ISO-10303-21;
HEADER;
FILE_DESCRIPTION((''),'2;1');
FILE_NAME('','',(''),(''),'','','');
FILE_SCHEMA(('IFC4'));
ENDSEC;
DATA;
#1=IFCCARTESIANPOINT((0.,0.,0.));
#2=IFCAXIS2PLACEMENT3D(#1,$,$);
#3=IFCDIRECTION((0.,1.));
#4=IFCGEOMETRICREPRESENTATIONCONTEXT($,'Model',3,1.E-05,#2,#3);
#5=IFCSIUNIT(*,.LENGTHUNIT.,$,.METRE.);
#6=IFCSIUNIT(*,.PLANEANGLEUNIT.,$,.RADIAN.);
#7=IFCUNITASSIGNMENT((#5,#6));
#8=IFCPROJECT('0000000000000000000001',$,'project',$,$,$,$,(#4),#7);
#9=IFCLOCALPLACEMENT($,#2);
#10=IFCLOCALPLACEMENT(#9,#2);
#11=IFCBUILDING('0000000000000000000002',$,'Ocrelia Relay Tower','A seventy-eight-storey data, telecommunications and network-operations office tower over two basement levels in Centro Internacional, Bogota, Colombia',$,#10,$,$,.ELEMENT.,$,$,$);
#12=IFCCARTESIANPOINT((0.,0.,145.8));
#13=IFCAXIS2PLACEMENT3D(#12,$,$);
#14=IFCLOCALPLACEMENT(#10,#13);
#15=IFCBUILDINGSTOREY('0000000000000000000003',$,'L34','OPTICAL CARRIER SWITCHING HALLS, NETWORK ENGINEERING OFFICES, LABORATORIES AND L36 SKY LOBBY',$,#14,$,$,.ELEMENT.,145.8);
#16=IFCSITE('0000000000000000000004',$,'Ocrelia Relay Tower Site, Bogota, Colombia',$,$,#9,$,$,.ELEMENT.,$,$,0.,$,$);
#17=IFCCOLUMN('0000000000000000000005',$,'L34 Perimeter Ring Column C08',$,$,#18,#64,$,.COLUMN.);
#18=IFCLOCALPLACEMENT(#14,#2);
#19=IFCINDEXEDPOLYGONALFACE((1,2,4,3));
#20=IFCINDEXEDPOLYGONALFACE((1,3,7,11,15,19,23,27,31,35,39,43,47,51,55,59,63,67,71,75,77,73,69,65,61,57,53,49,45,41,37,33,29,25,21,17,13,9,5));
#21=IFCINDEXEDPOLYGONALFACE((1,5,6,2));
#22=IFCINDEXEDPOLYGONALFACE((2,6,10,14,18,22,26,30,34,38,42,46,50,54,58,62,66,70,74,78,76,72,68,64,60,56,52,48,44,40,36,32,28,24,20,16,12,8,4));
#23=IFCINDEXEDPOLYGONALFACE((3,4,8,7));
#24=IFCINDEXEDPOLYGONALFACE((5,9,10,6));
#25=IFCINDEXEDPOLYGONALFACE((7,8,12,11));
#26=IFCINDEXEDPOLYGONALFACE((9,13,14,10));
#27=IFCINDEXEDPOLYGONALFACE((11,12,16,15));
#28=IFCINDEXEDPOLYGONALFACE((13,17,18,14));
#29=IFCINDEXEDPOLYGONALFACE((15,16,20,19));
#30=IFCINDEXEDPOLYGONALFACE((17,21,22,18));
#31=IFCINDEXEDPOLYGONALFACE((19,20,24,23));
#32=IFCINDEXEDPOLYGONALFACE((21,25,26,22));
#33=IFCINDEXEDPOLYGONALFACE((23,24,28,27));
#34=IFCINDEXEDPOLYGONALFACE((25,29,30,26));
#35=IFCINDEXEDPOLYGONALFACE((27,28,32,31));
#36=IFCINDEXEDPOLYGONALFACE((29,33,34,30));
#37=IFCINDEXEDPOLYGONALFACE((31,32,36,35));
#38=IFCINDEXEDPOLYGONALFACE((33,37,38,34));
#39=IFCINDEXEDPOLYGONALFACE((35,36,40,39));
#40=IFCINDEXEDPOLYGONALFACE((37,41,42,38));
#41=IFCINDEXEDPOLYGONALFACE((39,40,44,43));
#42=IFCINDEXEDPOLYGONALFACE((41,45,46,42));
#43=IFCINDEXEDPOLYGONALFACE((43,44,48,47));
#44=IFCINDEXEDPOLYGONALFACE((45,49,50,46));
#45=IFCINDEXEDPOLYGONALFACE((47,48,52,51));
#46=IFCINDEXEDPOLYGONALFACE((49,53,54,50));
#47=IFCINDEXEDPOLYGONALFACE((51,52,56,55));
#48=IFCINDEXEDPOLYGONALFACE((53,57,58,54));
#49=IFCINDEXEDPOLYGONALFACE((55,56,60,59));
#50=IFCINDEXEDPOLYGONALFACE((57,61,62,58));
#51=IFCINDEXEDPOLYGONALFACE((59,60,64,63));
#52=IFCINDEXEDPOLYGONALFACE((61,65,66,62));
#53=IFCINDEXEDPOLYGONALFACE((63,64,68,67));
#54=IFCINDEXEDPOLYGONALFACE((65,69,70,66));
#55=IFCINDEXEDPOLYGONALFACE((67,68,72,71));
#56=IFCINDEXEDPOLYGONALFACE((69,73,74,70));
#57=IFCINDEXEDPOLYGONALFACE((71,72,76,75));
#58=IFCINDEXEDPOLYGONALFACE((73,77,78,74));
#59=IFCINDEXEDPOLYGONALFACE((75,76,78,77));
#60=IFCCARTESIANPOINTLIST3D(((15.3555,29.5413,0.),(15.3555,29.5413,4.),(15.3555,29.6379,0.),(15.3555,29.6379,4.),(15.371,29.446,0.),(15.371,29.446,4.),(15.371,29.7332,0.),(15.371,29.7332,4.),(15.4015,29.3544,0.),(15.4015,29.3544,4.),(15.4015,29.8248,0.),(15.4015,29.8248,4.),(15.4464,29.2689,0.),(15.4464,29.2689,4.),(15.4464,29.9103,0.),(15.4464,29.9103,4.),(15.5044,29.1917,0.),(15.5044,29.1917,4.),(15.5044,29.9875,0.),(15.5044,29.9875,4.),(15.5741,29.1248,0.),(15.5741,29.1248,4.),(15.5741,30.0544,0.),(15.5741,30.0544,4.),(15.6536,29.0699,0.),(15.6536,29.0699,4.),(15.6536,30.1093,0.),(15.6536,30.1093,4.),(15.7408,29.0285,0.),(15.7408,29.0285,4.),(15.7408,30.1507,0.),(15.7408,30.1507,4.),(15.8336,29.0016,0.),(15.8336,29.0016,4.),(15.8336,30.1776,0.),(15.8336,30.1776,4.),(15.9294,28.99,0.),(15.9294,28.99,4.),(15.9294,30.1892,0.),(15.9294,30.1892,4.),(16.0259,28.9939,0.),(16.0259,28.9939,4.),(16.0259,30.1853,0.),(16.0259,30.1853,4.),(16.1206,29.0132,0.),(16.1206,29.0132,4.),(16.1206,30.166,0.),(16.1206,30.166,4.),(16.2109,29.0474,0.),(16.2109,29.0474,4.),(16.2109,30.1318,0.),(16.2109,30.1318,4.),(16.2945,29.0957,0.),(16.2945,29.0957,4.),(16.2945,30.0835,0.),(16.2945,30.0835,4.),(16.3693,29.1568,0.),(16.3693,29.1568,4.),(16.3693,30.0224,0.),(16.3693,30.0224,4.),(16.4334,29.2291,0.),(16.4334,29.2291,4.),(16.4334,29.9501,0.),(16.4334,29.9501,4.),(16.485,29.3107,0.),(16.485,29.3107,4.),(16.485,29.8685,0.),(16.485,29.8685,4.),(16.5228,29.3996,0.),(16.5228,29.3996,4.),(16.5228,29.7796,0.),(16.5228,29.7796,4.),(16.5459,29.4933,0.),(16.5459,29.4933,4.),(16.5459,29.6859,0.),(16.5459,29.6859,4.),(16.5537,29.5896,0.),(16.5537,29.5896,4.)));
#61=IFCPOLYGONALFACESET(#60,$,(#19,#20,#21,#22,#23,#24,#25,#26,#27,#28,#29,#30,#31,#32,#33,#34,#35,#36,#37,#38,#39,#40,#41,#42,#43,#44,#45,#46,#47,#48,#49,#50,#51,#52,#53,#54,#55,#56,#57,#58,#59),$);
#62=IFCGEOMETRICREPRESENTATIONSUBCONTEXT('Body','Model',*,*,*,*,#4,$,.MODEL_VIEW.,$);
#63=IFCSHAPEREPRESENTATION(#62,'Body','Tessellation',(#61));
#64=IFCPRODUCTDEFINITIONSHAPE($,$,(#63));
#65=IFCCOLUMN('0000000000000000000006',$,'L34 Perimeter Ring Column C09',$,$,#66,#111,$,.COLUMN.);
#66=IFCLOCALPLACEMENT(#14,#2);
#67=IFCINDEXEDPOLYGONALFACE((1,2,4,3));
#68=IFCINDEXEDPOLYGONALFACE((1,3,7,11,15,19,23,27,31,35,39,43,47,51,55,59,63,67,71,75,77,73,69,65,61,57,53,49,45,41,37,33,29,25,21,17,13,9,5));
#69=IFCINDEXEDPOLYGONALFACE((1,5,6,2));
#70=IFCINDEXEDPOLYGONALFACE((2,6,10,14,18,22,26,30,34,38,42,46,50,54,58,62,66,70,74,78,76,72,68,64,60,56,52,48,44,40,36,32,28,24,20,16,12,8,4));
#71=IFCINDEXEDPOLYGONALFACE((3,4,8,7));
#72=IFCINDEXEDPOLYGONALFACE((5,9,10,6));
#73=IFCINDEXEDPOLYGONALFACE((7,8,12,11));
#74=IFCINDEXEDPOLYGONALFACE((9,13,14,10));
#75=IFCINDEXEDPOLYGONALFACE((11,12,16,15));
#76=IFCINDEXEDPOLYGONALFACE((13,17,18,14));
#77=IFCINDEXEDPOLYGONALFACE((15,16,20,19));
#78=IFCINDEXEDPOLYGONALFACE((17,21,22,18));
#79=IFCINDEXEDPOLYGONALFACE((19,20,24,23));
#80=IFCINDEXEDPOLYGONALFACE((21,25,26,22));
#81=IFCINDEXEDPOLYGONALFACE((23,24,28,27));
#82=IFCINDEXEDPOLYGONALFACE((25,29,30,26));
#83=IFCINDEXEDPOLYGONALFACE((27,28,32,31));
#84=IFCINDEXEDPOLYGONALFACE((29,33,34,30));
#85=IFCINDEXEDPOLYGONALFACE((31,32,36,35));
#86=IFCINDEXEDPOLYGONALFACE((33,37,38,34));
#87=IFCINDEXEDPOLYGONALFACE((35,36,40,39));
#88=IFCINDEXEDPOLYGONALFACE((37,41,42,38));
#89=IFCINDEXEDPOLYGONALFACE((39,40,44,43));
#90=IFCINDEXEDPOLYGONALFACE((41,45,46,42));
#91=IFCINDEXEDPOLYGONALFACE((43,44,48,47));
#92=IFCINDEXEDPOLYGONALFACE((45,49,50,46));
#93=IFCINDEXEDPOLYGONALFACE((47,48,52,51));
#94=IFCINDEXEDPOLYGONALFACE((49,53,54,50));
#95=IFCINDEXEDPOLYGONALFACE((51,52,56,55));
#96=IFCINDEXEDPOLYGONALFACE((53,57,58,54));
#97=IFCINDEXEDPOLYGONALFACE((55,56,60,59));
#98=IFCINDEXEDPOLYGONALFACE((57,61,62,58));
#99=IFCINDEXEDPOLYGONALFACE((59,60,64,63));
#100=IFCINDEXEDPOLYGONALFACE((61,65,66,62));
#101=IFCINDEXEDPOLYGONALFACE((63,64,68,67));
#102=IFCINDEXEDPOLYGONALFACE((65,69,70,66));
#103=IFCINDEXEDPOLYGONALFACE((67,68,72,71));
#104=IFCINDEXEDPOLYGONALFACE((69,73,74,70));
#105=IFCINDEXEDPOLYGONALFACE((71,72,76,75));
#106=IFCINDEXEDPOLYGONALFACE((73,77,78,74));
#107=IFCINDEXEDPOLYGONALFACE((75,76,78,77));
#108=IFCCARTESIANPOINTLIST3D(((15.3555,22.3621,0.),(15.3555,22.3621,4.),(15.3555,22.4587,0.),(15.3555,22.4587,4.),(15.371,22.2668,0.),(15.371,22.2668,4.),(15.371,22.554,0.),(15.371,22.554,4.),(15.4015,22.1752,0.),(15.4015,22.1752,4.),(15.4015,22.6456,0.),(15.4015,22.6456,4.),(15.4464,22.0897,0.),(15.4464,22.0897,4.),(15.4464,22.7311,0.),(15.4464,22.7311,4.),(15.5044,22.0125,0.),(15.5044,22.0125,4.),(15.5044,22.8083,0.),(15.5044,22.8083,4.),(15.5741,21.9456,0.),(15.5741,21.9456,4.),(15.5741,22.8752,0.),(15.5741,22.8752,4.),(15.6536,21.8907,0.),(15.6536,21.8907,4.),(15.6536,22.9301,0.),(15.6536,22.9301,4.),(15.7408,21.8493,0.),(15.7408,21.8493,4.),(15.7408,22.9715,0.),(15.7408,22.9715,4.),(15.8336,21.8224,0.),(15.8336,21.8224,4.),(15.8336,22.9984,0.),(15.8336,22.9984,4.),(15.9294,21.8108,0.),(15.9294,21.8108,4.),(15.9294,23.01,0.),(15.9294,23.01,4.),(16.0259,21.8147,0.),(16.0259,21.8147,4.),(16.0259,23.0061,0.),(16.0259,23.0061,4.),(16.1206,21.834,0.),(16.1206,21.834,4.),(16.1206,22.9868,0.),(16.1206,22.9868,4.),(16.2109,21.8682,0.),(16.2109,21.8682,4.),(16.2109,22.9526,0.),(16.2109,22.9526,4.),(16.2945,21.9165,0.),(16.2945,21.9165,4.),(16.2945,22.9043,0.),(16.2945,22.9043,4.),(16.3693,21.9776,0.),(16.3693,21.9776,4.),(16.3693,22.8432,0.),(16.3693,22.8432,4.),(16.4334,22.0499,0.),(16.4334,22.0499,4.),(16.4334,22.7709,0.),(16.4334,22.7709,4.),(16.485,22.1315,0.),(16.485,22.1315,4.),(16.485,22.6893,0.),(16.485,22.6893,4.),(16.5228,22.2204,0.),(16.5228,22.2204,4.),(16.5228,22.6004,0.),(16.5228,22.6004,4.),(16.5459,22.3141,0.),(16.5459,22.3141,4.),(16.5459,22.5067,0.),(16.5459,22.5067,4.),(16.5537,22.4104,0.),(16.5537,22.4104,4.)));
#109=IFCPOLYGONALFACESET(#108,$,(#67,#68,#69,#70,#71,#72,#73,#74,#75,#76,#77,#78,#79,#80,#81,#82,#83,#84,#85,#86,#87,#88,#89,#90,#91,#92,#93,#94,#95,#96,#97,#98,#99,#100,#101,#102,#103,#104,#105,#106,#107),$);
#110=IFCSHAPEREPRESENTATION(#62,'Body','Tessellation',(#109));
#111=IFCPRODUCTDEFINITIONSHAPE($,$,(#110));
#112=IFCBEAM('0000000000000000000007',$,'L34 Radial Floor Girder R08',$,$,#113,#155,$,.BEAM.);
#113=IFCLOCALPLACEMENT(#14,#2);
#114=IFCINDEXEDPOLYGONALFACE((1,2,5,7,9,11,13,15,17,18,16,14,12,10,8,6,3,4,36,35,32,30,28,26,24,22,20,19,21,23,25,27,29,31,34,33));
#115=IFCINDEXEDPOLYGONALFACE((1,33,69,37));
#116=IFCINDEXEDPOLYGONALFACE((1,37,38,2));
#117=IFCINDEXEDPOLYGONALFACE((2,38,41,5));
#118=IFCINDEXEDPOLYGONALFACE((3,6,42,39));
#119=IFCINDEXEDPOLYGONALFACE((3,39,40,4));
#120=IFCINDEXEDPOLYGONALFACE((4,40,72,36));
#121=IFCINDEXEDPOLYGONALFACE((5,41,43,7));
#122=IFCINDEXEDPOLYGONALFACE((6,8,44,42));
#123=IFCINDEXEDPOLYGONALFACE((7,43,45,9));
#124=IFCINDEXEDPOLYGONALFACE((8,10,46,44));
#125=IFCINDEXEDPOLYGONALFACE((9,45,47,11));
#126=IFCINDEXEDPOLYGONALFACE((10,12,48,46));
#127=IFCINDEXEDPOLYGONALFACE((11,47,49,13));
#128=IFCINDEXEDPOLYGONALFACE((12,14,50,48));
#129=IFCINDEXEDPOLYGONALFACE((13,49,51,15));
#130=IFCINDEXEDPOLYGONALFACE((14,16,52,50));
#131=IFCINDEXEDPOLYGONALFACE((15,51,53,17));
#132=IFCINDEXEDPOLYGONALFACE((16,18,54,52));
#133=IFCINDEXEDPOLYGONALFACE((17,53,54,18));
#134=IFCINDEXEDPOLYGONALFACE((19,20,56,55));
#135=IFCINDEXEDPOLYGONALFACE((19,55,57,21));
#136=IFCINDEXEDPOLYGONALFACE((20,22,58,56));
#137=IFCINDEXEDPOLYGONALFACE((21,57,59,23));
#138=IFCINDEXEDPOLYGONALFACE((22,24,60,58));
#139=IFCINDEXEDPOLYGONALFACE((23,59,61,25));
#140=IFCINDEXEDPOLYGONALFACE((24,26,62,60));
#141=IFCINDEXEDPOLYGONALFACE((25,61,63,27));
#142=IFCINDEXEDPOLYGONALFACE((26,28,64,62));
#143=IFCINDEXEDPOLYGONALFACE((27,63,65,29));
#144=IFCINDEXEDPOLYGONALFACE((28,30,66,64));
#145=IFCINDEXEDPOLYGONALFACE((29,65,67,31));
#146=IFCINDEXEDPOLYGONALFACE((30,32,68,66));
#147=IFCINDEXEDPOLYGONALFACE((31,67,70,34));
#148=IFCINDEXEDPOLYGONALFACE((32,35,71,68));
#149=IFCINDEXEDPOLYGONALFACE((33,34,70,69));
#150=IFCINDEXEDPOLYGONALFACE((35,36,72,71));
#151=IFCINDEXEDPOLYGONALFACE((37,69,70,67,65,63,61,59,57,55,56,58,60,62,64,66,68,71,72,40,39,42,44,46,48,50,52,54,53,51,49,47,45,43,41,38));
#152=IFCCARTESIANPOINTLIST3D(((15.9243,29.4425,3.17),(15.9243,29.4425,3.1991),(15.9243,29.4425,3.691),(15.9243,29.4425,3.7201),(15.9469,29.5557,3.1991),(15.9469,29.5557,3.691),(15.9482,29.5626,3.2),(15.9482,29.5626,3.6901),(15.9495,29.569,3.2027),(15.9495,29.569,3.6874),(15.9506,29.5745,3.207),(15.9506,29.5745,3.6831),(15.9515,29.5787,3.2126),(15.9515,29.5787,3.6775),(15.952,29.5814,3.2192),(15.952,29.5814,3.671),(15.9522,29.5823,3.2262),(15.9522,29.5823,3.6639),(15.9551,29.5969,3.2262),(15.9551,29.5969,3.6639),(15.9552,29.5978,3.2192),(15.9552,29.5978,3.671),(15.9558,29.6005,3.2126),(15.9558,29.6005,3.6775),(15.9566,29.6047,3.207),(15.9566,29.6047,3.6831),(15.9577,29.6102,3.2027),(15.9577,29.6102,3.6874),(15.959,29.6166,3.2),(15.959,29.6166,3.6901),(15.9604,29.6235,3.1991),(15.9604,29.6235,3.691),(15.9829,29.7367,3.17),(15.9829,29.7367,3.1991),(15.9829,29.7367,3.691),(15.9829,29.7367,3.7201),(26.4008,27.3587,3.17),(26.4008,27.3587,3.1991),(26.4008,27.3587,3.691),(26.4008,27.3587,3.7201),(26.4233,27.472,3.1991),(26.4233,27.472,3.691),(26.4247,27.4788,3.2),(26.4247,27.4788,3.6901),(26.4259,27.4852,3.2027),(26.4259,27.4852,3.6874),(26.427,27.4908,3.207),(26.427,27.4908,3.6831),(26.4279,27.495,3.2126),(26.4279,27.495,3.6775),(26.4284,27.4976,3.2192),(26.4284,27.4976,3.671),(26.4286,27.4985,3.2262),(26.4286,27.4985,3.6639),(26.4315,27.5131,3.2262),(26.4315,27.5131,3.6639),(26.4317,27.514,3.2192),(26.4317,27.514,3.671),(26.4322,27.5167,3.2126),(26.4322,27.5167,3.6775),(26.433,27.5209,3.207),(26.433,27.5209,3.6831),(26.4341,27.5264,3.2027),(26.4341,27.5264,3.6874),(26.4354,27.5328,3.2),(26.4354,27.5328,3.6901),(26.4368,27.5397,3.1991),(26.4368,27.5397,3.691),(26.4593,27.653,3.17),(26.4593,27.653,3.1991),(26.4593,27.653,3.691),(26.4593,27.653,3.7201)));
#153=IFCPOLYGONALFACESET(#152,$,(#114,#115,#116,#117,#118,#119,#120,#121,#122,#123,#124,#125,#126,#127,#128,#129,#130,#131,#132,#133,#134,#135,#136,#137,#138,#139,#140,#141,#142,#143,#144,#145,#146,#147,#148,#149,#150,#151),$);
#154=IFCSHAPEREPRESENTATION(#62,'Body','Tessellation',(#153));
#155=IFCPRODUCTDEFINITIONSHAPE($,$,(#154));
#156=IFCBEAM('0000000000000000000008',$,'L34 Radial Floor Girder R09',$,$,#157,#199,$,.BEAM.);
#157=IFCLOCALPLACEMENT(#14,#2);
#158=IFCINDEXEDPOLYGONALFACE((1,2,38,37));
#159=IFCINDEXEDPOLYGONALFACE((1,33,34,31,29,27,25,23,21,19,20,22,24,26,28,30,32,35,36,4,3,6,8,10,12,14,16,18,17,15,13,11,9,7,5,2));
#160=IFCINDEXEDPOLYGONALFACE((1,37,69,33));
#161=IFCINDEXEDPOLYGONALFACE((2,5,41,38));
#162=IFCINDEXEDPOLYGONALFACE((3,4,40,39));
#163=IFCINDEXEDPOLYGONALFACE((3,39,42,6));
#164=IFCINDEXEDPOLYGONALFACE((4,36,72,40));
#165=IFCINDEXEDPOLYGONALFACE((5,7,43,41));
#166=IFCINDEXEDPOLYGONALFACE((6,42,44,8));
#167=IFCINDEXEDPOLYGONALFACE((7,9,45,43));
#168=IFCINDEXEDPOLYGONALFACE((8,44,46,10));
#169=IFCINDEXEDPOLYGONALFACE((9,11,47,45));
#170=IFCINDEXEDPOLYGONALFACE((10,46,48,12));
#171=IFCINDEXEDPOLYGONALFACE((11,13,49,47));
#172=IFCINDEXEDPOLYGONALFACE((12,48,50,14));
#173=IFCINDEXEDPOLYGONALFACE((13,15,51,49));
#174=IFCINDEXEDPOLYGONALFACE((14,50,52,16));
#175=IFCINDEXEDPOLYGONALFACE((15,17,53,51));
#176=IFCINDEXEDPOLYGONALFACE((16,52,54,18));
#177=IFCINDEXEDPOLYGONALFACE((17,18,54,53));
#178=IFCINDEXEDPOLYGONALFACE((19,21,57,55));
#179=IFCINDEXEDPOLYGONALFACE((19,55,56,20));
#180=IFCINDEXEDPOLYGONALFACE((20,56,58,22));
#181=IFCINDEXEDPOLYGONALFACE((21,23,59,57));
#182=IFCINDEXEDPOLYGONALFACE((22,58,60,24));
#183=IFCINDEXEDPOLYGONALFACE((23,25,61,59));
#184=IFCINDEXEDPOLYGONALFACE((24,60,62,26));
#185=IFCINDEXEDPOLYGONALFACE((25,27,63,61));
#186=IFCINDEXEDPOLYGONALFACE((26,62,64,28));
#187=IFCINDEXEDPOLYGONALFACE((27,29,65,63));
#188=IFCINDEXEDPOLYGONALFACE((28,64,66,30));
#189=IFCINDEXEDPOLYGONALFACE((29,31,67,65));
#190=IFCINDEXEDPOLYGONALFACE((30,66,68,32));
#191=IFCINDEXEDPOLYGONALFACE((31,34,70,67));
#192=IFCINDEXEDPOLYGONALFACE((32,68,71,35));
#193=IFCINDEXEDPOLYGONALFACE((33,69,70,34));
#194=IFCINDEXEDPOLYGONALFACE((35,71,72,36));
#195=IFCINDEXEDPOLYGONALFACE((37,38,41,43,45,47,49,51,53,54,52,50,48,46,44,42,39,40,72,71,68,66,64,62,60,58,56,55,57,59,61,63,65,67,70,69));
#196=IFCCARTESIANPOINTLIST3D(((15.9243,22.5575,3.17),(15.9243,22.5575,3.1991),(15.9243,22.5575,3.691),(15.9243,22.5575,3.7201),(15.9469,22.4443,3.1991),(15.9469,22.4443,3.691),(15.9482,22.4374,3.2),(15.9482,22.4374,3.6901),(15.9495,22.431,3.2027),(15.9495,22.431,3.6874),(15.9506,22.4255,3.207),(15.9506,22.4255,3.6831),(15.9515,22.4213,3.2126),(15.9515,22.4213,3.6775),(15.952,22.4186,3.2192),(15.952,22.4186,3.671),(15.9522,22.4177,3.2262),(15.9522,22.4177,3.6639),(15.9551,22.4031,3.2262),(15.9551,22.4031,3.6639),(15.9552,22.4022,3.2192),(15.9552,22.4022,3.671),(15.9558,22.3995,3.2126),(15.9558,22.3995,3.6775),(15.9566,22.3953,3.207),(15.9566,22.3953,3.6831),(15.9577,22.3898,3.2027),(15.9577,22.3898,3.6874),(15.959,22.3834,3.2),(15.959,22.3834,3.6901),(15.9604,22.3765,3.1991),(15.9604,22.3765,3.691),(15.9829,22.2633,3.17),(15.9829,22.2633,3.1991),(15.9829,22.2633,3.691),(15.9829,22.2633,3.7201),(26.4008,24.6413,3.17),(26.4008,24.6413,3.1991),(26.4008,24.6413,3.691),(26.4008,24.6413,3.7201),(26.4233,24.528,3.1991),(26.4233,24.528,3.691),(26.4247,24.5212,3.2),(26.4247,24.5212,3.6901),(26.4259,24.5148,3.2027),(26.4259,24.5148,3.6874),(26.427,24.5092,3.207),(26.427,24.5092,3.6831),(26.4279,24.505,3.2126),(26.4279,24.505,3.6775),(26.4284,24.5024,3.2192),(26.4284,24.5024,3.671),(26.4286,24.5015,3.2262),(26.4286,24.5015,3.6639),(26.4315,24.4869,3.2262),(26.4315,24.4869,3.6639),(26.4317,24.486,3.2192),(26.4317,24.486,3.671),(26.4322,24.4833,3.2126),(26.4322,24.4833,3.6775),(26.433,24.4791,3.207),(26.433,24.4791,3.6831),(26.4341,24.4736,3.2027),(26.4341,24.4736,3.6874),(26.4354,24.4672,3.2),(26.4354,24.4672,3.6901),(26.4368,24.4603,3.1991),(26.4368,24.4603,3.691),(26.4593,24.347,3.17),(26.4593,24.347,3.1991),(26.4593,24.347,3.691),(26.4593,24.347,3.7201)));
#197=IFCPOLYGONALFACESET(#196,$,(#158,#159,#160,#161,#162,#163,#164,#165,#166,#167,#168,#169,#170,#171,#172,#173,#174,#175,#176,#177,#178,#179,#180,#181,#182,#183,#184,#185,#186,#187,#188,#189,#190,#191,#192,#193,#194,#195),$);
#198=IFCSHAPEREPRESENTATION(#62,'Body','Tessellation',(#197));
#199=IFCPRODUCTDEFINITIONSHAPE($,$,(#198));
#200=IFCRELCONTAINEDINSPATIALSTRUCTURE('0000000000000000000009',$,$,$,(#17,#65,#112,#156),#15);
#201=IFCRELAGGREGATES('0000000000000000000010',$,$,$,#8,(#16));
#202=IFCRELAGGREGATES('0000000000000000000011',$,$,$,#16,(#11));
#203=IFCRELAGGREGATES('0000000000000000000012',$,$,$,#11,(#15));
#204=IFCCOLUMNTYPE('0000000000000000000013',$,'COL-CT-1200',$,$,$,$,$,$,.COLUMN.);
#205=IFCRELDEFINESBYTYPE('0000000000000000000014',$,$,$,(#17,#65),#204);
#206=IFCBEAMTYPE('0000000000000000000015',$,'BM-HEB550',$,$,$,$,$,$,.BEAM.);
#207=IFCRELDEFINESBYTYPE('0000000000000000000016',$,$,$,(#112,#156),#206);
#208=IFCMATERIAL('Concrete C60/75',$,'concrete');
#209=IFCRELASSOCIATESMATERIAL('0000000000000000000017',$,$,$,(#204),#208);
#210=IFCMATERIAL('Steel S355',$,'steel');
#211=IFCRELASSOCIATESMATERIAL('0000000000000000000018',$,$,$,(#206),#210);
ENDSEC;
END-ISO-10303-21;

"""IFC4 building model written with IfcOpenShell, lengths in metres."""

from ifc_helpers import new_model, si_unit, direction, frame, origin, origin_2d, place, context, subcontext, project, spatial, circle, i_section, extrude, material, material_profile, profile_set, type_object, element, save


model = new_model("IFC4")

# Units and contexts
model_context = context("Model", 3, precision=1e-05, world=origin(), true_north=direction((0.0, 1.0)))
body_context = subcontext(model_context, "Body", "Model", "MODEL_VIEW")
ifc_project = project(units=[si_unit("LENGTHUNIT", "METRE"), si_unit("PLANEANGLEUNIT", "RADIAN")], contexts=[model_context])

# Site, building, storey
site_placement = place(None, origin())
site = spatial("IfcSite", under=ifc_project, at=site_placement, Name="Ocrelia Relay Tower Site, Bogota, Colombia", CompositionType="ELEMENT", RefElevation=0.0)
building_placement = place(site_placement, origin())
building = spatial("IfcBuilding", under=site, at=building_placement, Name="Ocrelia Relay Tower", Description="A seventy-eight-storey data, telecommunications and network-operations office tower over two basement levels in Centro Internacional, Bogota, Colombia", CompositionType="ELEMENT")
storey_placement = place(building_placement, frame((0.0, 0.0, 145.8)))
storey = spatial("IfcBuildingStorey", under=building, at=storey_placement, Name="L34", Description="OPTICAL CARRIER SWITCHING HALLS, NETWORK ENGINEERING OFFICES, LABORATORIES AND L36 SKY LOBBY", CompositionType="ELEMENT", Elevation=145.8)

# Columns
ifc_material_1 = material(Name="Concrete C60/75", Category="concrete")
ifc_material_profile_1 = material_profile(ifc_material_1, circle(Radius=0.6001, at=origin_2d()), Name="RC-CIR-1200")
ifc_profile_set_1 = profile_set([ifc_material_profile_1], Name="Concrete C60/75")
column_type = type_object("IfcColumnType", Name="COL-CT-1200", PredefinedType="COLUMN", material=ifc_profile_set_1)
for number, where, z_axis, x_axis, name in (
    (1, (15.9536, 29.5896, 0.0), (0.0, 0.0, 1.0), (1.0, 0.0, 0.0), "L34 Perimeter Ring Column C08"),
    (2, (15.9536, 22.4104, 0.0), (0.0, 0.0, 1.0), (1.0, 0.0, 0.0), "L34 Perimeter Ring Column C09"),
):
    element("IfcColumn", number, at=place(storey_placement, frame(where, z_axis=z_axis, x_axis=x_axis)), inside=storey, type_object=column_type, Name=name, PredefinedType="COLUMN", context=body_context, shape_type="SweptSolid", body=[
        extrude(circle(Radius=0.6001, at=origin_2d()), origin(), (0.0, 0.0, 1.0), 4.0),
    ])

# Beams
ifc_material_2 = material(Name="Steel S355", Category="steel")
ifc_material_profile_2 = material_profile(ifc_material_2, i_section(OverallWidth=0.3, OverallDepth=0.55, WebThickness=0.0149, FlangeThickness=0.0291, FilletRadius=0.0271, at=origin_2d()), Name="HEB 550")
ifc_profile_set_2 = profile_set([ifc_material_profile_2], Name="Steel S355")
beam_type_1 = type_object("IfcBeamType", Name="BM-HEB550", PredefinedType="BEAM", material=ifc_profile_set_2)
for number, where, z_axis, x_axis, name in (
    (3, (15.9536, 29.5896, 3.4451), (0.980788, -0.195079, 0.0), (0.195079, 0.980788, 0.0), "L34 Radial Floor Girder R08"),
    (4, (15.9536, 22.4104, 3.4451), (0.980788, 0.195079, 0.0), (-0.195079, 0.980788, 0.0), "L34 Radial Floor Girder R09"),
):
    element("IfcBeam", number, at=place(storey_placement, frame(where, z_axis=z_axis, x_axis=x_axis)), inside=storey, type_object=beam_type_1, Name=name, PredefinedType="BEAM", context=body_context, shape_type="SweptSolid", body=[
        extrude(i_section(OverallWidth=0.3, OverallDepth=0.55, WebThickness=0.0149, FlangeThickness=0.0291, FilletRadius=0.0271, at=origin_2d()), origin(), (0.0, 0.0, 1.0), 10.6816),
    ])

save(model, "model.ifc")
